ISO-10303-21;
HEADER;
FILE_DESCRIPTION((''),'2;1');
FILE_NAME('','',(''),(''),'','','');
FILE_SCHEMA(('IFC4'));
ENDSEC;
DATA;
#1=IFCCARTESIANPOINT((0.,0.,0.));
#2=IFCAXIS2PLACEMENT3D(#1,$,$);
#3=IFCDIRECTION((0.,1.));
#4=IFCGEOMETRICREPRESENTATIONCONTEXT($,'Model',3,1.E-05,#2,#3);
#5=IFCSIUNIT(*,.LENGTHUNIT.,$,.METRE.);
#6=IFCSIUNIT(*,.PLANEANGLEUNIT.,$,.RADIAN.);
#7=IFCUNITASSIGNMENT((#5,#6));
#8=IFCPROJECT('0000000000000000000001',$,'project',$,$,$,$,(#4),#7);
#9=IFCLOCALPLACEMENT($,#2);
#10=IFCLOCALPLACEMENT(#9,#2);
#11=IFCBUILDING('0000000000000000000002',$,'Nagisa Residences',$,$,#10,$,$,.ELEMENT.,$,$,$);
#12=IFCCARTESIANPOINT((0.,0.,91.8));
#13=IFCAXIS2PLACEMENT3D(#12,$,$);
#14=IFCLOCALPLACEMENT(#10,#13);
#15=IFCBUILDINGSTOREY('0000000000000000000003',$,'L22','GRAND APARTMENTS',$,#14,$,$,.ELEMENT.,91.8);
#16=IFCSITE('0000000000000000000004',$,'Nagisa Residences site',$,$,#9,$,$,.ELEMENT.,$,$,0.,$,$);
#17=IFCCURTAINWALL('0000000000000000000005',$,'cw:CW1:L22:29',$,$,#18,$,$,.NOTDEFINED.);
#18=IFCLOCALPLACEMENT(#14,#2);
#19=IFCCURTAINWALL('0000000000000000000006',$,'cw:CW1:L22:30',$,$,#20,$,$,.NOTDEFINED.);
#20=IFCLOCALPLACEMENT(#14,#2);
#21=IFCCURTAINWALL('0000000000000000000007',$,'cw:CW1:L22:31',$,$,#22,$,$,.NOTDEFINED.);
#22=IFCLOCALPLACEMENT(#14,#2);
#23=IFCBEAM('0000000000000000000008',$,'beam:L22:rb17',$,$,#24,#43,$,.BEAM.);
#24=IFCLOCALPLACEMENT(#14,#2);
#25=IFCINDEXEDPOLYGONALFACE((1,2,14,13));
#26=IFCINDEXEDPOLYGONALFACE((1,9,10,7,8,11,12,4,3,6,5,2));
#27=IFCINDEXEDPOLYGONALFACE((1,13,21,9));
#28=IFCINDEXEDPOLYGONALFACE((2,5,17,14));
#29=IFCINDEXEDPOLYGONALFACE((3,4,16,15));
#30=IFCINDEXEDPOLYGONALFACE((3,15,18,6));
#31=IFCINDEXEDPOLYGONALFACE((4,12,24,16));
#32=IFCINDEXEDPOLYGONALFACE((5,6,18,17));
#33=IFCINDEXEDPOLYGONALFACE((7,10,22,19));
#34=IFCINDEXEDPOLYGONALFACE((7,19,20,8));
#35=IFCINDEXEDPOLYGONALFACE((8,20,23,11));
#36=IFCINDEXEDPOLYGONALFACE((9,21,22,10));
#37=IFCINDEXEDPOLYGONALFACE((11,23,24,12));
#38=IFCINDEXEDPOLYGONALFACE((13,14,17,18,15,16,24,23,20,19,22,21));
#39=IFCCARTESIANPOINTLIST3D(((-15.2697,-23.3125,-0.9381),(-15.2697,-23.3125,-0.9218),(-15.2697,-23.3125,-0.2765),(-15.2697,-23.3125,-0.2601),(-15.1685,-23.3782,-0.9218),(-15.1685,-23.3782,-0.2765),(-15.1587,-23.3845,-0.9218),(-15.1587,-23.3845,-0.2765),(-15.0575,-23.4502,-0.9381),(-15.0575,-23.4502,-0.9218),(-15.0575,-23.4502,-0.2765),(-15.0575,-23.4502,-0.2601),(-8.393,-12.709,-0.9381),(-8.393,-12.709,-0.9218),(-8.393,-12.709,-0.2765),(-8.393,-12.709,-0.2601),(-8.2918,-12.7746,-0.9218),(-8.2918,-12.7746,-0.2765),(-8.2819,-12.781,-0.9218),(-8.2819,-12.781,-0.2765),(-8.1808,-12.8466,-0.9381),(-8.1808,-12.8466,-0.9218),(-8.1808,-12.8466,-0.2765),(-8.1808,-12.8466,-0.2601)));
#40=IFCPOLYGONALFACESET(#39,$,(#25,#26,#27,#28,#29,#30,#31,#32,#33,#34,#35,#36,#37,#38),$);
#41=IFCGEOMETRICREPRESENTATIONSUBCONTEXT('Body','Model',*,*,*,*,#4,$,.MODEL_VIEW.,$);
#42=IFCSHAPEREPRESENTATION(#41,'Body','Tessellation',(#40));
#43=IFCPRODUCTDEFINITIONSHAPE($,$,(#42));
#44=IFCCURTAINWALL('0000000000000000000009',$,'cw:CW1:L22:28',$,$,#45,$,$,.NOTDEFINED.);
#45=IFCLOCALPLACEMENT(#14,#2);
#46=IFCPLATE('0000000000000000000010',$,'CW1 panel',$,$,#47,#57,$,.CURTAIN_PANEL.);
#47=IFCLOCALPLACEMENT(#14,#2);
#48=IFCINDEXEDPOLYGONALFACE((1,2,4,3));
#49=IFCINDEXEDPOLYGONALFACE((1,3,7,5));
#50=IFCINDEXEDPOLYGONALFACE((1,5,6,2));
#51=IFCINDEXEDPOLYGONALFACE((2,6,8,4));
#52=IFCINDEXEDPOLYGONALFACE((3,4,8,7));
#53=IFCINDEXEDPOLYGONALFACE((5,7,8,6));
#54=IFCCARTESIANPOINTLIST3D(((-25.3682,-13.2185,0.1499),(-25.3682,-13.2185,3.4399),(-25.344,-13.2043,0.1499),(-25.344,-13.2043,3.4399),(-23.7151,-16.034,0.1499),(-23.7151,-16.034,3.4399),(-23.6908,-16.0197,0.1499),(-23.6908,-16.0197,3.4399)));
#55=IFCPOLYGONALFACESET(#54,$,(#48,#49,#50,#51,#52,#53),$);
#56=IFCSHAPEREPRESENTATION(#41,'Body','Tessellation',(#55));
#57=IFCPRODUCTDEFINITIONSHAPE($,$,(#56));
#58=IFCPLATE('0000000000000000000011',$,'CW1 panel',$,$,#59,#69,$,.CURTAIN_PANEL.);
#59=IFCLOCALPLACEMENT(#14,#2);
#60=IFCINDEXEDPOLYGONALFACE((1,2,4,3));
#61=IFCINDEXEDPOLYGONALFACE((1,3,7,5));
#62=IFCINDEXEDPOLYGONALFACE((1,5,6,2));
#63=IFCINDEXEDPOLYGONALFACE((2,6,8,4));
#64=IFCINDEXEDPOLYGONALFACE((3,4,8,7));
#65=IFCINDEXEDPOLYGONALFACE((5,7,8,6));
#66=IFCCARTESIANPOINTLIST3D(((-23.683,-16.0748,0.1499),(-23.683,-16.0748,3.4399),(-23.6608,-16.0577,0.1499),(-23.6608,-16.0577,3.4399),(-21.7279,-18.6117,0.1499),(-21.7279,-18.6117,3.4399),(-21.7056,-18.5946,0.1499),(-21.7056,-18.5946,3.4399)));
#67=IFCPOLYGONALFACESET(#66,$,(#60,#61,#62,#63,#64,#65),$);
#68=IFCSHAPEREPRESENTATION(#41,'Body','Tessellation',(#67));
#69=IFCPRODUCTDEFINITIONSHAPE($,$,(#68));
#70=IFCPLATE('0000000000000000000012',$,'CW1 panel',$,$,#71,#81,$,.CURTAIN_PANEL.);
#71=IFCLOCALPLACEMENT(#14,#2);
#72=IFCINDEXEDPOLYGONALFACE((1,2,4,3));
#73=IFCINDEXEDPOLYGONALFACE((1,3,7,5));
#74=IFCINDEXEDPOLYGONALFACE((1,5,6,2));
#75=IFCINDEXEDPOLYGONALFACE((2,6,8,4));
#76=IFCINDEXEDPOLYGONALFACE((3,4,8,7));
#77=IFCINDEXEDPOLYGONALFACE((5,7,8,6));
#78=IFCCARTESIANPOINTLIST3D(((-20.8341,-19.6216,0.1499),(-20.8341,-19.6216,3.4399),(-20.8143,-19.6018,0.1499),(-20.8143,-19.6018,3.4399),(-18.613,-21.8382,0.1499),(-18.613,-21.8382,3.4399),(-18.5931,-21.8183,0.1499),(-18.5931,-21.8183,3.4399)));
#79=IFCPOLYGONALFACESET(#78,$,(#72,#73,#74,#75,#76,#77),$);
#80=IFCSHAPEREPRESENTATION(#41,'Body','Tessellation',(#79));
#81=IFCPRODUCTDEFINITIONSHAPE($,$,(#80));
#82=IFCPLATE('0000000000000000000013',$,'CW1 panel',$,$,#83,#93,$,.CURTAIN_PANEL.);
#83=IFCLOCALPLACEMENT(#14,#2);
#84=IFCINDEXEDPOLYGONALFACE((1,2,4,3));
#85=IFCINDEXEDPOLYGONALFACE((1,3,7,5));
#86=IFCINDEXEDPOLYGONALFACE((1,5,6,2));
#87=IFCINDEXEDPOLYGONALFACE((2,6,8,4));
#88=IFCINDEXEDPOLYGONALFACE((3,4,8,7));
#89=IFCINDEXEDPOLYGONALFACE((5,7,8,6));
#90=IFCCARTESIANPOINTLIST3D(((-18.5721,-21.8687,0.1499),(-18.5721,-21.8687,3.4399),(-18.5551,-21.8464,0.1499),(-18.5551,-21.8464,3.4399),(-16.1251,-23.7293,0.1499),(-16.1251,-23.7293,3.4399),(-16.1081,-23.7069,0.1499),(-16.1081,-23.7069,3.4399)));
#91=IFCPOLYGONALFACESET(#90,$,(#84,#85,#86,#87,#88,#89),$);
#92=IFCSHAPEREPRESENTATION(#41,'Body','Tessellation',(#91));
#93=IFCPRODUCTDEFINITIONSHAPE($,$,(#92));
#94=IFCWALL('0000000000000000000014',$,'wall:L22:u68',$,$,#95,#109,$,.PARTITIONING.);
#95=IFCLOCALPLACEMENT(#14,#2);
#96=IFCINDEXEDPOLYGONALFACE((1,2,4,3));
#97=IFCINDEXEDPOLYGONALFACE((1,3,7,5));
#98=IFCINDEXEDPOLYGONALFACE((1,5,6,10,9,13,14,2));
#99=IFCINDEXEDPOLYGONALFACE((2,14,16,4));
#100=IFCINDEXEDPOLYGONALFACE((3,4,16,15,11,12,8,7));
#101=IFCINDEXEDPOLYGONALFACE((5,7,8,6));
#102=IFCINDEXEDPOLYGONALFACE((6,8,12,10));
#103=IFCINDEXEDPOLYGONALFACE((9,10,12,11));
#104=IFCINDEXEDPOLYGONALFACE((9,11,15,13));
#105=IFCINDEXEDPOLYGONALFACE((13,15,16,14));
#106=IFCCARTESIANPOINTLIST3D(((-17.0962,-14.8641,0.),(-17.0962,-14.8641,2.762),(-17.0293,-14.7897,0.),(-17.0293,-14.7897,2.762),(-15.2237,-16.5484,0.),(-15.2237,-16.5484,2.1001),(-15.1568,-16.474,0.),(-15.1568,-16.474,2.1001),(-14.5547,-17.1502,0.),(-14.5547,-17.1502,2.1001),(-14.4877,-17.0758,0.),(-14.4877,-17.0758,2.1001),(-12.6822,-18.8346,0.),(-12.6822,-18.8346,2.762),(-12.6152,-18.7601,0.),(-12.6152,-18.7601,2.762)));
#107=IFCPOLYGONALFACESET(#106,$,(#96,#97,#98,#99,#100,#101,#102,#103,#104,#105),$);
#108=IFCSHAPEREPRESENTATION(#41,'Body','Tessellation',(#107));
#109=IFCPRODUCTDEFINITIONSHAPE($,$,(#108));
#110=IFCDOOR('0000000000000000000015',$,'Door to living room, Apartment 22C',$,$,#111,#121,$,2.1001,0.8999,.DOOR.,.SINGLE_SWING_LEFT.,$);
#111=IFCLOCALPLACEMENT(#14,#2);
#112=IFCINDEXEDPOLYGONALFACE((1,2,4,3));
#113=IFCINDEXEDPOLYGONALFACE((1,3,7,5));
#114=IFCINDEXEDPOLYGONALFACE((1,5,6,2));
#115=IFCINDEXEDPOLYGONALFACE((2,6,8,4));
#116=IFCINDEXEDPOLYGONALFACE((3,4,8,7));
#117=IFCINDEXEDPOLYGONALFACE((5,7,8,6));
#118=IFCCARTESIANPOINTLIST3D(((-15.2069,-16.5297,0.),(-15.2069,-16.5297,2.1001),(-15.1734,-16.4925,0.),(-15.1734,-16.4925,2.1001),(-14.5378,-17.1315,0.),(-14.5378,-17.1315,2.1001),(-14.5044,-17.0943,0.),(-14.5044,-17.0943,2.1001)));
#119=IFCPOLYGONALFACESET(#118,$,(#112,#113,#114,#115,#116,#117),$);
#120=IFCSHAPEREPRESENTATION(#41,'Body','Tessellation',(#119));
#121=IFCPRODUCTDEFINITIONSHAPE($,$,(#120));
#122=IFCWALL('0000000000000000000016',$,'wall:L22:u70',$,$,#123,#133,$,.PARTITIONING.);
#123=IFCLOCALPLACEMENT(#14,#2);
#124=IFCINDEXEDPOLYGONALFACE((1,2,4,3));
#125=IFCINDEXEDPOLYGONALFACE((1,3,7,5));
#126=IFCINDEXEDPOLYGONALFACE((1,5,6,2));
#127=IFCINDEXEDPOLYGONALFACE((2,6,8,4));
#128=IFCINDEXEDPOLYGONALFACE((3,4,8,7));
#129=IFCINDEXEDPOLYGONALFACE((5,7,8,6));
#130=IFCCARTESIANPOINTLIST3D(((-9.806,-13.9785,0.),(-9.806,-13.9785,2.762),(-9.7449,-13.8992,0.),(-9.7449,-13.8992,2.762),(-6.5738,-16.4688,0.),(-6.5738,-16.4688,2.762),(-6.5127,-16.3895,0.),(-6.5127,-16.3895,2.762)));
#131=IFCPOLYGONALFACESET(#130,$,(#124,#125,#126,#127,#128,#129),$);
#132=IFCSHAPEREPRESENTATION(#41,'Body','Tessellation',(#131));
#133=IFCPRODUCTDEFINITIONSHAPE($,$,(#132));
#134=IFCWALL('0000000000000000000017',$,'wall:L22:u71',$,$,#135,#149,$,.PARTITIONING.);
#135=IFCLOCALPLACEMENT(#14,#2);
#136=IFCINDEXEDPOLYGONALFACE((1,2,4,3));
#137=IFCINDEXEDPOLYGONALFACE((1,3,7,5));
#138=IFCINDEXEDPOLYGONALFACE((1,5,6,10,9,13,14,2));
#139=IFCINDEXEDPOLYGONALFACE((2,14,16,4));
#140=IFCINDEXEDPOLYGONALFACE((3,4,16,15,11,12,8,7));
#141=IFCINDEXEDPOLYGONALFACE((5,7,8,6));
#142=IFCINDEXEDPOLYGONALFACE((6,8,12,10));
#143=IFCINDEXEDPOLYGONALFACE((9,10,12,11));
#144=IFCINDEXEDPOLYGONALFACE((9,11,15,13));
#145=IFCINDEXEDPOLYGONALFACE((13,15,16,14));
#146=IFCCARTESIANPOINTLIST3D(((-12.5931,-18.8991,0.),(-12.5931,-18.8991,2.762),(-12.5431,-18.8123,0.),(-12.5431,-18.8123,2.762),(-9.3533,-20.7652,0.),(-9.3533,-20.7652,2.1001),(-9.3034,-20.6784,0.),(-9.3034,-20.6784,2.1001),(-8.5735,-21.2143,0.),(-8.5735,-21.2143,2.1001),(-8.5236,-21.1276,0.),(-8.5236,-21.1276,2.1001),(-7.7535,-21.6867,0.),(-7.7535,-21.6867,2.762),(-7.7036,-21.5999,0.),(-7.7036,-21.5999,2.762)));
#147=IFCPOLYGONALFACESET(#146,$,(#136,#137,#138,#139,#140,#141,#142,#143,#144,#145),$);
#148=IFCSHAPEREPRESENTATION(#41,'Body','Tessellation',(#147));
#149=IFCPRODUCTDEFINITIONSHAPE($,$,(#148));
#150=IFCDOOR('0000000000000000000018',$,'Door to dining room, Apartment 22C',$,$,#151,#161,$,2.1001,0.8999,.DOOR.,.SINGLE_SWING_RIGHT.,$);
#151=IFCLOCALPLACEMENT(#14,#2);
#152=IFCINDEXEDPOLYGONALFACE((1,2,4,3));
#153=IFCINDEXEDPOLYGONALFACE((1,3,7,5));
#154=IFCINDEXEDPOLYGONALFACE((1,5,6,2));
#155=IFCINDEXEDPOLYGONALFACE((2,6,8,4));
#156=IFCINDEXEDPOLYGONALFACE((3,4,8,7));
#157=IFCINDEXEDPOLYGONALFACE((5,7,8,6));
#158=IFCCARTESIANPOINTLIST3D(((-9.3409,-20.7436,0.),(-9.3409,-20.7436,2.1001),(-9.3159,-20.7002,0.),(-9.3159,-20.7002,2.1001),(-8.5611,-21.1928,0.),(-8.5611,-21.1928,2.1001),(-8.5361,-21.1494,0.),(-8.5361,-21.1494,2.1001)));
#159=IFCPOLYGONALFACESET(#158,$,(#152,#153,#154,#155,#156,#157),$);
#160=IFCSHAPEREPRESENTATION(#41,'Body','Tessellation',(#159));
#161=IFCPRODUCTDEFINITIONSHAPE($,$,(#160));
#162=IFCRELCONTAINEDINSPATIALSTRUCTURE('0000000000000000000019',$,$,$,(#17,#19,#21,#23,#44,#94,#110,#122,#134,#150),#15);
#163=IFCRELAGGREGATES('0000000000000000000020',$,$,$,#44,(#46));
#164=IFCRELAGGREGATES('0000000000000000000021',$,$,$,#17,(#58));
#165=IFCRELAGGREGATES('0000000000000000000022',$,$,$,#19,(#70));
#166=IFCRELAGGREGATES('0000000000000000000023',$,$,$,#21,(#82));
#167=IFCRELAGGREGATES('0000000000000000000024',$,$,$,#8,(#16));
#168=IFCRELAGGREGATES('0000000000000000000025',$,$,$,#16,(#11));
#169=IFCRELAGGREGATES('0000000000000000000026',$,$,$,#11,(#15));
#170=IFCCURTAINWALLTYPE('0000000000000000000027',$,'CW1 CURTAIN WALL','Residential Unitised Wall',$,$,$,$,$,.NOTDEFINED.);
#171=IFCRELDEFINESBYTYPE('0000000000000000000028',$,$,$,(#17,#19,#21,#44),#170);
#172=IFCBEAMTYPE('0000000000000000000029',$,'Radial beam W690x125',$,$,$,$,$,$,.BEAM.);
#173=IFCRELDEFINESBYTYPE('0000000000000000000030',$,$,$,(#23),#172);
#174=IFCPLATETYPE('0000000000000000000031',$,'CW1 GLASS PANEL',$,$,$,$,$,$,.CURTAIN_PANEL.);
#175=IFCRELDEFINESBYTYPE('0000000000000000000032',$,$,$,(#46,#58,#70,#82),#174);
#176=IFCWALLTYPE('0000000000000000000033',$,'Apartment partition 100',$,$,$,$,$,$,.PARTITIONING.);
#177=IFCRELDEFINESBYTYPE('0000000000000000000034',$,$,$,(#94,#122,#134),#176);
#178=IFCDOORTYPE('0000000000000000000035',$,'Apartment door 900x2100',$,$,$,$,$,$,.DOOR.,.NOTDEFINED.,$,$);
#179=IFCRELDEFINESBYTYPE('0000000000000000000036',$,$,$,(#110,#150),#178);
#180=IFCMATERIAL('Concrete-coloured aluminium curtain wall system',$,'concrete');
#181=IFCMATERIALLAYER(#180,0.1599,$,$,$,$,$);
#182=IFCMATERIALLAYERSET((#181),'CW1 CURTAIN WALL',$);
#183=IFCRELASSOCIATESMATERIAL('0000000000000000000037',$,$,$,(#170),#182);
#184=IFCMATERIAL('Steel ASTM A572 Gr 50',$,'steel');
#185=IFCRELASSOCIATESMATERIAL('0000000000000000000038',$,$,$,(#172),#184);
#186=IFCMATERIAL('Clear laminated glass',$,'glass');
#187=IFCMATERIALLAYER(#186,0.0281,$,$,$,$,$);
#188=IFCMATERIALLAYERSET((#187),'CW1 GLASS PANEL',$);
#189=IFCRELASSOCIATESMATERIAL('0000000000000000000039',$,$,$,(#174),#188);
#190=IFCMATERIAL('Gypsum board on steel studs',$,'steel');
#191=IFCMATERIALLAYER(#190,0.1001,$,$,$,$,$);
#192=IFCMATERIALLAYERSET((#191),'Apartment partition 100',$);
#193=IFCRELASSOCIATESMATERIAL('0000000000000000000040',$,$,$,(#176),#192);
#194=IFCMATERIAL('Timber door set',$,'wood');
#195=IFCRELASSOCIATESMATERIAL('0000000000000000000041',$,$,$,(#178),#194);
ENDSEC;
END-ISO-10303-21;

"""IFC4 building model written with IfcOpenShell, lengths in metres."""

from ifc_helpers import new_model, si_unit, direction, frame, frame_2d, origin, origin_2d, place, context, subcontext, project, spatial, rectangle, i_section, extrude, material, layer, layer_set, material_profile, profile_set, type_object, element, fill, aggregate, save


model = new_model("IFC4")

# Units and contexts
model_context = context("Model", 3, precision=1e-05, world=origin(), true_north=direction((0.0, 1.0)))
body_context = subcontext(model_context, "Body", "Model", "MODEL_VIEW")
ifc_project = project(units=[si_unit("LENGTHUNIT", "METRE"), si_unit("PLANEANGLEUNIT", "RADIAN")], contexts=[model_context])

# Site, building, storey
site_placement = place(None, origin())
site = spatial("IfcSite", under=ifc_project, at=site_placement, Name="Nagisa Residences site", CompositionType="ELEMENT", RefElevation=0.0)
building_placement = place(site_placement, origin())
building = spatial("IfcBuilding", under=site, at=building_placement, Name="Nagisa Residences", CompositionType="ELEMENT")
storey_placement = place(building_placement, frame((0.0, 0.0, 91.8)))
storey = spatial("IfcBuildingStorey", under=building, at=storey_placement, Name="L22", Description="GRAND APARTMENTS", CompositionType="ELEMENT", Elevation=91.8)

# Curtain walls
ifc_material_1 = material(Name="Concrete-coloured aluminium curtain wall system", Category="concrete")
ifc_layer_1 = layer(ifc_material_1, 0.1599)
ifc_layer_set_1 = layer_set([ifc_layer_1], Name="CW1 CURTAIN WALL")
curtain_wall_type = type_object("IfcCurtainWallType", Name="CW1 CURTAIN WALL", Description="Residential Unitised Wall", PredefinedType="NOTDEFINED", material=ifc_layer_set_1)
curtain_wall_1_placement = place(storey_placement, origin())
curtain_wall_1 = element("IfcCurtainWall", 1, at=curtain_wall_1_placement, inside=storey, type_object=curtain_wall_type, Name="cw:CW1:L22:29", PredefinedType="NOTDEFINED")
curtain_wall_2_placement = place(storey_placement, origin())
curtain_wall_2 = element("IfcCurtainWall", 2, at=curtain_wall_2_placement, inside=storey, type_object=curtain_wall_type, Name="cw:CW1:L22:30", PredefinedType="NOTDEFINED")
curtain_wall_3_placement = place(storey_placement, origin())
curtain_wall_3 = element("IfcCurtainWall", 3, at=curtain_wall_3_placement, inside=storey, type_object=curtain_wall_type, Name="cw:CW1:L22:31", PredefinedType="NOTDEFINED")

# Beam
ifc_material_2 = material(Name="Steel ASTM A572 Gr 50", Category="steel")
ifc_material_profile_1 = material_profile(ifc_material_2, i_section(OverallWidth=0.2529, OverallDepth=0.678, WebThickness=0.0117, FlangeThickness=0.0164, at=origin_2d()), Name="W690x125")
ifc_profile_set_1 = profile_set([ifc_material_profile_1], Name="Steel ASTM A572 Gr 50")
beam_type_1 = type_object("IfcBeamType", Name="Radial beam W690x125", PredefinedType="BEAM", material=ifc_profile_set_1)
beam_1_placement = place(storey_placement, frame((-15.1636, -23.3813, -0.5991), z_axis=(0.544122, 0.839006, 0.0), x_axis=(-0.839006, 0.544122, 0.0)))
element("IfcBeam", 4, at=beam_1_placement, inside=storey, type_object=beam_type_1, Name="beam:L22:rb17", PredefinedType="BEAM", context=body_context, shape_type="SweptSolid", body=[
    extrude(i_section(OverallWidth=0.2529, OverallDepth=0.678, WebThickness=0.0117, FlangeThickness=0.0164, at=origin_2d()), origin(), (0.0, 0.0, 1.0), 12.6382),
])

# Curtain wall, plate
curtain_wall_4_placement = place(storey_placement, origin())
curtain_wall_4 = element("IfcCurtainWall", 5, at=curtain_wall_4_placement, inside=storey, type_object=curtain_wall_type, Name="cw:CW1:L22:28", PredefinedType="NOTDEFINED")
ifc_material_3 = material(Name="Clear laminated glass", Category="glass")
ifc_layer_2 = layer(ifc_material_3, 0.0281)
ifc_layer_set_2 = layer_set([ifc_layer_2], Name="CW1 GLASS PANEL")
plate_type = type_object("IfcPlateType", Name="CW1 GLASS PANEL", PredefinedType="CURTAIN_PANEL", material=ifc_layer_set_2)
plate_1_placement = place(storey_placement, frame((-24.5295, -14.6191, 0.1499), z_axis=(0.0, 0.0, 1.0), x_axis=(0.506349, -0.862329, 0.0)))
plate_1 = element("IfcPlate", 6, at=plate_1_placement, type_object=plate_type, Name="CW1 panel", PredefinedType="CURTAIN_PANEL", context=body_context, shape_type="SweptSolid", body=[
    extrude(rectangle(XDim=3.2649, YDim=0.0281, at=origin_2d()), origin(), (0.0, 0.0, 1.0), 3.29),
])
aggregate(curtain_wall_4, [plate_1])

# Plates
plate_2_placement = place(storey_placement, frame((-22.6943, -17.3347, 0.1499), z_axis=(0.0, 0.0, 1.0), x_axis=(0.61043, -0.79207, 0.0)))
plate_2 = element("IfcPlate", 7, at=plate_2_placement, type_object=plate_type, Name="CW1 panel", PredefinedType="CURTAIN_PANEL", context=body_context, shape_type="SweptSolid", body=[
    extrude(rectangle(XDim=3.2029, YDim=0.0281, at=origin_2d()), origin(), (0.0, 0.0, 1.0), 3.29),
])
aggregate(curtain_wall_1, [plate_2])
plate_3_placement = place(storey_placement, frame((-19.7136, -20.72, 0.1499), z_axis=(0.0, 0.0, 1.0), x_axis=(0.707836, -0.706377, 0.0)))
plate_3 = element("IfcPlate", 8, at=plate_3_placement, type_object=plate_type, Name="CW1 panel", PredefinedType="CURTAIN_PANEL", context=body_context, shape_type="SweptSolid", body=[
    extrude(rectangle(XDim=3.1379, YDim=0.0281, at=origin_2d()), origin(), (0.0, 0.0, 1.0), 3.29),
])
aggregate(curtain_wall_2, [plate_3])
plate_4_placement = place(storey_placement, frame((-17.3401, -22.7878, 0.1499), z_axis=(0.0, 0.0, 1.0), x_axis=(0.796031, -0.605255, 0.0)))
plate_4 = element("IfcPlate", 9, at=plate_4_placement, type_object=plate_type, Name="CW1 panel", PredefinedType="CURTAIN_PANEL", context=body_context, shape_type="SweptSolid", body=[
    extrude(rectangle(XDim=3.074, YDim=0.0281, at=origin_2d()), origin(), (0.0, 0.0, 1.0), 3.29),
])
aggregate(curtain_wall_3, [plate_4])

# Wall, opening, door
ifc_material_4 = material(Name="Gypsum board on steel studs", Category="steel")
ifc_layer_3 = layer(ifc_material_4, 0.1001)
ifc_layer_set_3 = layer_set([ifc_layer_3], Name="Apartment partition 100")
wall_type_1 = type_object("IfcWallType", Name="Apartment partition 100", PredefinedType="PARTITIONING", material=ifc_layer_set_3)
wall_1_placement = place(storey_placement, frame((-17.0627, -14.8269, 0.0), z_axis=(0.0, 0.0, 1.0), x_axis=(0.743478, -0.66876, 0.0)))
wall_1 = element("IfcWall", 10, at=wall_1_placement, inside=storey, type_object=wall_type_1, Name="wall:L22:u68", PredefinedType="PARTITIONING", context=body_context, shape_type="SweptSolid", body=[
    extrude(rectangle(XDim=5.937, YDim=0.1001, at=frame_2d((2.9685, 0.0))), origin(), (0.0, 0.0, 1.0), 2.762),
])
opening_1_placement = place(wall_1_placement, frame((2.5186, 0.0, 0.0)))
opening_1 = element("IfcOpeningElement", 11, at=opening_1_placement, cuts=wall_1, PredefinedType="OPENING", context=body_context, shape_type="SweptSolid", body=[
    extrude(rectangle(XDim=0.8999, YDim=2.1001, at=frame_2d((0.45, 1.05))), frame((0.0, 0.0601, 0.0), z_axis=(0.0, -1.0, 0.0), x_axis=(1.0, 0.0, 0.0)), (0.0, 0.0, 1.0), 0.1201),
])
ifc_material_5 = material(Name="Timber door set", Category="wood")
door_type_1 = type_object("IfcDoorType", Name="Apartment door 900x2100", OperationType="NOTDEFINED", PredefinedType="DOOR", material=ifc_material_5)
door_1_placement = place(opening_1_placement, frame((0.8999, 0.0, 0.0), x_axis=(-1.0, 0.0, 0.0)))
door_1 = element("IfcDoor", 12, at=door_1_placement, inside=storey, type_object=door_type_1, Name="Door to living room, Apartment 22C", OperationType="SINGLE_SWING_LEFT", OverallHeight=2.1001, OverallWidth=0.8999, PredefinedType="DOOR", context=body_context, shape_type="SweptSolid", body=[
    extrude(rectangle(XDim=0.8999, YDim=2.1001, at=frame_2d((0.45, 1.05))), frame((0.0, 0.0249, 0.0), z_axis=(0.0, -1.0, 0.0), x_axis=(1.0, 0.0, 0.0)), (0.0, 0.0, 1.0), 0.05),
])
fill(opening_1, door_1)

# Wall
wall_2_placement = place(storey_placement, frame((-9.7754, -13.939, 0.0), z_axis=(0.0, 0.0, 1.0), x_axis=(0.792157, -0.610318, 0.0)))
element("IfcWall", 13, at=wall_2_placement, inside=storey, type_object=wall_type_1, Name="wall:L22:u70", PredefinedType="PARTITIONING", context=body_context, shape_type="SweptSolid", body=[
    extrude(rectangle(XDim=4.0803, YDim=0.1001, at=frame_2d((2.04, 0.0))), origin(), (0.0, 0.0, 1.0), 2.762),
])

# Wall, opening, door
wall_3_placement = place(storey_placement, frame((-12.5681, -18.8557, 0.0), z_axis=(0.0, 0.0, 1.0), x_axis=(0.866533, -0.499121, 0.0)))
wall_3 = element("IfcWall", 14, at=wall_3_placement, inside=storey, type_object=wall_type_1, Name="wall:L22:u71", PredefinedType="PARTITIONING", context=body_context, shape_type="SweptSolid", body=[
    extrude(rectangle(XDim=5.585, YDim=0.1001, at=frame_2d((2.7925, 0.0))), origin(), (0.0, 0.0, 1.0), 2.762),
])
opening_2_placement = place(wall_3_placement, frame((3.7388, 0.0, 0.0)))
opening_2 = element("IfcOpeningElement", 15, at=opening_2_placement, cuts=wall_3, PredefinedType="OPENING", context=body_context, shape_type="SweptSolid", body=[
    extrude(rectangle(XDim=0.8999, YDim=2.1001, at=frame_2d((0.45, 1.05))), frame((0.0, 0.0601, 0.0), z_axis=(0.0, -1.0, 0.0), x_axis=(1.0, 0.0, 0.0)), (0.0, 0.0, 1.0), 0.1201),
])
door_2_placement = place(opening_2_placement, origin())
door_2 = element("IfcDoor", 16, at=door_2_placement, inside=storey, type_object=door_type_1, Name="Door to dining room, Apartment 22C", OperationType="SINGLE_SWING_RIGHT", OverallHeight=2.1001, OverallWidth=0.8999, PredefinedType="DOOR", context=body_context, shape_type="SweptSolid", body=[
    extrude(rectangle(XDim=0.8999, YDim=2.1001, at=frame_2d((0.45, 1.05))), frame((0.0, 0.0249, 0.0), z_axis=(0.0, -1.0, 0.0), x_axis=(1.0, 0.0, 0.0)), (0.0, 0.0, 1.0), 0.05),
])
fill(opening_2, door_2)

save(model, "model.ifc")
